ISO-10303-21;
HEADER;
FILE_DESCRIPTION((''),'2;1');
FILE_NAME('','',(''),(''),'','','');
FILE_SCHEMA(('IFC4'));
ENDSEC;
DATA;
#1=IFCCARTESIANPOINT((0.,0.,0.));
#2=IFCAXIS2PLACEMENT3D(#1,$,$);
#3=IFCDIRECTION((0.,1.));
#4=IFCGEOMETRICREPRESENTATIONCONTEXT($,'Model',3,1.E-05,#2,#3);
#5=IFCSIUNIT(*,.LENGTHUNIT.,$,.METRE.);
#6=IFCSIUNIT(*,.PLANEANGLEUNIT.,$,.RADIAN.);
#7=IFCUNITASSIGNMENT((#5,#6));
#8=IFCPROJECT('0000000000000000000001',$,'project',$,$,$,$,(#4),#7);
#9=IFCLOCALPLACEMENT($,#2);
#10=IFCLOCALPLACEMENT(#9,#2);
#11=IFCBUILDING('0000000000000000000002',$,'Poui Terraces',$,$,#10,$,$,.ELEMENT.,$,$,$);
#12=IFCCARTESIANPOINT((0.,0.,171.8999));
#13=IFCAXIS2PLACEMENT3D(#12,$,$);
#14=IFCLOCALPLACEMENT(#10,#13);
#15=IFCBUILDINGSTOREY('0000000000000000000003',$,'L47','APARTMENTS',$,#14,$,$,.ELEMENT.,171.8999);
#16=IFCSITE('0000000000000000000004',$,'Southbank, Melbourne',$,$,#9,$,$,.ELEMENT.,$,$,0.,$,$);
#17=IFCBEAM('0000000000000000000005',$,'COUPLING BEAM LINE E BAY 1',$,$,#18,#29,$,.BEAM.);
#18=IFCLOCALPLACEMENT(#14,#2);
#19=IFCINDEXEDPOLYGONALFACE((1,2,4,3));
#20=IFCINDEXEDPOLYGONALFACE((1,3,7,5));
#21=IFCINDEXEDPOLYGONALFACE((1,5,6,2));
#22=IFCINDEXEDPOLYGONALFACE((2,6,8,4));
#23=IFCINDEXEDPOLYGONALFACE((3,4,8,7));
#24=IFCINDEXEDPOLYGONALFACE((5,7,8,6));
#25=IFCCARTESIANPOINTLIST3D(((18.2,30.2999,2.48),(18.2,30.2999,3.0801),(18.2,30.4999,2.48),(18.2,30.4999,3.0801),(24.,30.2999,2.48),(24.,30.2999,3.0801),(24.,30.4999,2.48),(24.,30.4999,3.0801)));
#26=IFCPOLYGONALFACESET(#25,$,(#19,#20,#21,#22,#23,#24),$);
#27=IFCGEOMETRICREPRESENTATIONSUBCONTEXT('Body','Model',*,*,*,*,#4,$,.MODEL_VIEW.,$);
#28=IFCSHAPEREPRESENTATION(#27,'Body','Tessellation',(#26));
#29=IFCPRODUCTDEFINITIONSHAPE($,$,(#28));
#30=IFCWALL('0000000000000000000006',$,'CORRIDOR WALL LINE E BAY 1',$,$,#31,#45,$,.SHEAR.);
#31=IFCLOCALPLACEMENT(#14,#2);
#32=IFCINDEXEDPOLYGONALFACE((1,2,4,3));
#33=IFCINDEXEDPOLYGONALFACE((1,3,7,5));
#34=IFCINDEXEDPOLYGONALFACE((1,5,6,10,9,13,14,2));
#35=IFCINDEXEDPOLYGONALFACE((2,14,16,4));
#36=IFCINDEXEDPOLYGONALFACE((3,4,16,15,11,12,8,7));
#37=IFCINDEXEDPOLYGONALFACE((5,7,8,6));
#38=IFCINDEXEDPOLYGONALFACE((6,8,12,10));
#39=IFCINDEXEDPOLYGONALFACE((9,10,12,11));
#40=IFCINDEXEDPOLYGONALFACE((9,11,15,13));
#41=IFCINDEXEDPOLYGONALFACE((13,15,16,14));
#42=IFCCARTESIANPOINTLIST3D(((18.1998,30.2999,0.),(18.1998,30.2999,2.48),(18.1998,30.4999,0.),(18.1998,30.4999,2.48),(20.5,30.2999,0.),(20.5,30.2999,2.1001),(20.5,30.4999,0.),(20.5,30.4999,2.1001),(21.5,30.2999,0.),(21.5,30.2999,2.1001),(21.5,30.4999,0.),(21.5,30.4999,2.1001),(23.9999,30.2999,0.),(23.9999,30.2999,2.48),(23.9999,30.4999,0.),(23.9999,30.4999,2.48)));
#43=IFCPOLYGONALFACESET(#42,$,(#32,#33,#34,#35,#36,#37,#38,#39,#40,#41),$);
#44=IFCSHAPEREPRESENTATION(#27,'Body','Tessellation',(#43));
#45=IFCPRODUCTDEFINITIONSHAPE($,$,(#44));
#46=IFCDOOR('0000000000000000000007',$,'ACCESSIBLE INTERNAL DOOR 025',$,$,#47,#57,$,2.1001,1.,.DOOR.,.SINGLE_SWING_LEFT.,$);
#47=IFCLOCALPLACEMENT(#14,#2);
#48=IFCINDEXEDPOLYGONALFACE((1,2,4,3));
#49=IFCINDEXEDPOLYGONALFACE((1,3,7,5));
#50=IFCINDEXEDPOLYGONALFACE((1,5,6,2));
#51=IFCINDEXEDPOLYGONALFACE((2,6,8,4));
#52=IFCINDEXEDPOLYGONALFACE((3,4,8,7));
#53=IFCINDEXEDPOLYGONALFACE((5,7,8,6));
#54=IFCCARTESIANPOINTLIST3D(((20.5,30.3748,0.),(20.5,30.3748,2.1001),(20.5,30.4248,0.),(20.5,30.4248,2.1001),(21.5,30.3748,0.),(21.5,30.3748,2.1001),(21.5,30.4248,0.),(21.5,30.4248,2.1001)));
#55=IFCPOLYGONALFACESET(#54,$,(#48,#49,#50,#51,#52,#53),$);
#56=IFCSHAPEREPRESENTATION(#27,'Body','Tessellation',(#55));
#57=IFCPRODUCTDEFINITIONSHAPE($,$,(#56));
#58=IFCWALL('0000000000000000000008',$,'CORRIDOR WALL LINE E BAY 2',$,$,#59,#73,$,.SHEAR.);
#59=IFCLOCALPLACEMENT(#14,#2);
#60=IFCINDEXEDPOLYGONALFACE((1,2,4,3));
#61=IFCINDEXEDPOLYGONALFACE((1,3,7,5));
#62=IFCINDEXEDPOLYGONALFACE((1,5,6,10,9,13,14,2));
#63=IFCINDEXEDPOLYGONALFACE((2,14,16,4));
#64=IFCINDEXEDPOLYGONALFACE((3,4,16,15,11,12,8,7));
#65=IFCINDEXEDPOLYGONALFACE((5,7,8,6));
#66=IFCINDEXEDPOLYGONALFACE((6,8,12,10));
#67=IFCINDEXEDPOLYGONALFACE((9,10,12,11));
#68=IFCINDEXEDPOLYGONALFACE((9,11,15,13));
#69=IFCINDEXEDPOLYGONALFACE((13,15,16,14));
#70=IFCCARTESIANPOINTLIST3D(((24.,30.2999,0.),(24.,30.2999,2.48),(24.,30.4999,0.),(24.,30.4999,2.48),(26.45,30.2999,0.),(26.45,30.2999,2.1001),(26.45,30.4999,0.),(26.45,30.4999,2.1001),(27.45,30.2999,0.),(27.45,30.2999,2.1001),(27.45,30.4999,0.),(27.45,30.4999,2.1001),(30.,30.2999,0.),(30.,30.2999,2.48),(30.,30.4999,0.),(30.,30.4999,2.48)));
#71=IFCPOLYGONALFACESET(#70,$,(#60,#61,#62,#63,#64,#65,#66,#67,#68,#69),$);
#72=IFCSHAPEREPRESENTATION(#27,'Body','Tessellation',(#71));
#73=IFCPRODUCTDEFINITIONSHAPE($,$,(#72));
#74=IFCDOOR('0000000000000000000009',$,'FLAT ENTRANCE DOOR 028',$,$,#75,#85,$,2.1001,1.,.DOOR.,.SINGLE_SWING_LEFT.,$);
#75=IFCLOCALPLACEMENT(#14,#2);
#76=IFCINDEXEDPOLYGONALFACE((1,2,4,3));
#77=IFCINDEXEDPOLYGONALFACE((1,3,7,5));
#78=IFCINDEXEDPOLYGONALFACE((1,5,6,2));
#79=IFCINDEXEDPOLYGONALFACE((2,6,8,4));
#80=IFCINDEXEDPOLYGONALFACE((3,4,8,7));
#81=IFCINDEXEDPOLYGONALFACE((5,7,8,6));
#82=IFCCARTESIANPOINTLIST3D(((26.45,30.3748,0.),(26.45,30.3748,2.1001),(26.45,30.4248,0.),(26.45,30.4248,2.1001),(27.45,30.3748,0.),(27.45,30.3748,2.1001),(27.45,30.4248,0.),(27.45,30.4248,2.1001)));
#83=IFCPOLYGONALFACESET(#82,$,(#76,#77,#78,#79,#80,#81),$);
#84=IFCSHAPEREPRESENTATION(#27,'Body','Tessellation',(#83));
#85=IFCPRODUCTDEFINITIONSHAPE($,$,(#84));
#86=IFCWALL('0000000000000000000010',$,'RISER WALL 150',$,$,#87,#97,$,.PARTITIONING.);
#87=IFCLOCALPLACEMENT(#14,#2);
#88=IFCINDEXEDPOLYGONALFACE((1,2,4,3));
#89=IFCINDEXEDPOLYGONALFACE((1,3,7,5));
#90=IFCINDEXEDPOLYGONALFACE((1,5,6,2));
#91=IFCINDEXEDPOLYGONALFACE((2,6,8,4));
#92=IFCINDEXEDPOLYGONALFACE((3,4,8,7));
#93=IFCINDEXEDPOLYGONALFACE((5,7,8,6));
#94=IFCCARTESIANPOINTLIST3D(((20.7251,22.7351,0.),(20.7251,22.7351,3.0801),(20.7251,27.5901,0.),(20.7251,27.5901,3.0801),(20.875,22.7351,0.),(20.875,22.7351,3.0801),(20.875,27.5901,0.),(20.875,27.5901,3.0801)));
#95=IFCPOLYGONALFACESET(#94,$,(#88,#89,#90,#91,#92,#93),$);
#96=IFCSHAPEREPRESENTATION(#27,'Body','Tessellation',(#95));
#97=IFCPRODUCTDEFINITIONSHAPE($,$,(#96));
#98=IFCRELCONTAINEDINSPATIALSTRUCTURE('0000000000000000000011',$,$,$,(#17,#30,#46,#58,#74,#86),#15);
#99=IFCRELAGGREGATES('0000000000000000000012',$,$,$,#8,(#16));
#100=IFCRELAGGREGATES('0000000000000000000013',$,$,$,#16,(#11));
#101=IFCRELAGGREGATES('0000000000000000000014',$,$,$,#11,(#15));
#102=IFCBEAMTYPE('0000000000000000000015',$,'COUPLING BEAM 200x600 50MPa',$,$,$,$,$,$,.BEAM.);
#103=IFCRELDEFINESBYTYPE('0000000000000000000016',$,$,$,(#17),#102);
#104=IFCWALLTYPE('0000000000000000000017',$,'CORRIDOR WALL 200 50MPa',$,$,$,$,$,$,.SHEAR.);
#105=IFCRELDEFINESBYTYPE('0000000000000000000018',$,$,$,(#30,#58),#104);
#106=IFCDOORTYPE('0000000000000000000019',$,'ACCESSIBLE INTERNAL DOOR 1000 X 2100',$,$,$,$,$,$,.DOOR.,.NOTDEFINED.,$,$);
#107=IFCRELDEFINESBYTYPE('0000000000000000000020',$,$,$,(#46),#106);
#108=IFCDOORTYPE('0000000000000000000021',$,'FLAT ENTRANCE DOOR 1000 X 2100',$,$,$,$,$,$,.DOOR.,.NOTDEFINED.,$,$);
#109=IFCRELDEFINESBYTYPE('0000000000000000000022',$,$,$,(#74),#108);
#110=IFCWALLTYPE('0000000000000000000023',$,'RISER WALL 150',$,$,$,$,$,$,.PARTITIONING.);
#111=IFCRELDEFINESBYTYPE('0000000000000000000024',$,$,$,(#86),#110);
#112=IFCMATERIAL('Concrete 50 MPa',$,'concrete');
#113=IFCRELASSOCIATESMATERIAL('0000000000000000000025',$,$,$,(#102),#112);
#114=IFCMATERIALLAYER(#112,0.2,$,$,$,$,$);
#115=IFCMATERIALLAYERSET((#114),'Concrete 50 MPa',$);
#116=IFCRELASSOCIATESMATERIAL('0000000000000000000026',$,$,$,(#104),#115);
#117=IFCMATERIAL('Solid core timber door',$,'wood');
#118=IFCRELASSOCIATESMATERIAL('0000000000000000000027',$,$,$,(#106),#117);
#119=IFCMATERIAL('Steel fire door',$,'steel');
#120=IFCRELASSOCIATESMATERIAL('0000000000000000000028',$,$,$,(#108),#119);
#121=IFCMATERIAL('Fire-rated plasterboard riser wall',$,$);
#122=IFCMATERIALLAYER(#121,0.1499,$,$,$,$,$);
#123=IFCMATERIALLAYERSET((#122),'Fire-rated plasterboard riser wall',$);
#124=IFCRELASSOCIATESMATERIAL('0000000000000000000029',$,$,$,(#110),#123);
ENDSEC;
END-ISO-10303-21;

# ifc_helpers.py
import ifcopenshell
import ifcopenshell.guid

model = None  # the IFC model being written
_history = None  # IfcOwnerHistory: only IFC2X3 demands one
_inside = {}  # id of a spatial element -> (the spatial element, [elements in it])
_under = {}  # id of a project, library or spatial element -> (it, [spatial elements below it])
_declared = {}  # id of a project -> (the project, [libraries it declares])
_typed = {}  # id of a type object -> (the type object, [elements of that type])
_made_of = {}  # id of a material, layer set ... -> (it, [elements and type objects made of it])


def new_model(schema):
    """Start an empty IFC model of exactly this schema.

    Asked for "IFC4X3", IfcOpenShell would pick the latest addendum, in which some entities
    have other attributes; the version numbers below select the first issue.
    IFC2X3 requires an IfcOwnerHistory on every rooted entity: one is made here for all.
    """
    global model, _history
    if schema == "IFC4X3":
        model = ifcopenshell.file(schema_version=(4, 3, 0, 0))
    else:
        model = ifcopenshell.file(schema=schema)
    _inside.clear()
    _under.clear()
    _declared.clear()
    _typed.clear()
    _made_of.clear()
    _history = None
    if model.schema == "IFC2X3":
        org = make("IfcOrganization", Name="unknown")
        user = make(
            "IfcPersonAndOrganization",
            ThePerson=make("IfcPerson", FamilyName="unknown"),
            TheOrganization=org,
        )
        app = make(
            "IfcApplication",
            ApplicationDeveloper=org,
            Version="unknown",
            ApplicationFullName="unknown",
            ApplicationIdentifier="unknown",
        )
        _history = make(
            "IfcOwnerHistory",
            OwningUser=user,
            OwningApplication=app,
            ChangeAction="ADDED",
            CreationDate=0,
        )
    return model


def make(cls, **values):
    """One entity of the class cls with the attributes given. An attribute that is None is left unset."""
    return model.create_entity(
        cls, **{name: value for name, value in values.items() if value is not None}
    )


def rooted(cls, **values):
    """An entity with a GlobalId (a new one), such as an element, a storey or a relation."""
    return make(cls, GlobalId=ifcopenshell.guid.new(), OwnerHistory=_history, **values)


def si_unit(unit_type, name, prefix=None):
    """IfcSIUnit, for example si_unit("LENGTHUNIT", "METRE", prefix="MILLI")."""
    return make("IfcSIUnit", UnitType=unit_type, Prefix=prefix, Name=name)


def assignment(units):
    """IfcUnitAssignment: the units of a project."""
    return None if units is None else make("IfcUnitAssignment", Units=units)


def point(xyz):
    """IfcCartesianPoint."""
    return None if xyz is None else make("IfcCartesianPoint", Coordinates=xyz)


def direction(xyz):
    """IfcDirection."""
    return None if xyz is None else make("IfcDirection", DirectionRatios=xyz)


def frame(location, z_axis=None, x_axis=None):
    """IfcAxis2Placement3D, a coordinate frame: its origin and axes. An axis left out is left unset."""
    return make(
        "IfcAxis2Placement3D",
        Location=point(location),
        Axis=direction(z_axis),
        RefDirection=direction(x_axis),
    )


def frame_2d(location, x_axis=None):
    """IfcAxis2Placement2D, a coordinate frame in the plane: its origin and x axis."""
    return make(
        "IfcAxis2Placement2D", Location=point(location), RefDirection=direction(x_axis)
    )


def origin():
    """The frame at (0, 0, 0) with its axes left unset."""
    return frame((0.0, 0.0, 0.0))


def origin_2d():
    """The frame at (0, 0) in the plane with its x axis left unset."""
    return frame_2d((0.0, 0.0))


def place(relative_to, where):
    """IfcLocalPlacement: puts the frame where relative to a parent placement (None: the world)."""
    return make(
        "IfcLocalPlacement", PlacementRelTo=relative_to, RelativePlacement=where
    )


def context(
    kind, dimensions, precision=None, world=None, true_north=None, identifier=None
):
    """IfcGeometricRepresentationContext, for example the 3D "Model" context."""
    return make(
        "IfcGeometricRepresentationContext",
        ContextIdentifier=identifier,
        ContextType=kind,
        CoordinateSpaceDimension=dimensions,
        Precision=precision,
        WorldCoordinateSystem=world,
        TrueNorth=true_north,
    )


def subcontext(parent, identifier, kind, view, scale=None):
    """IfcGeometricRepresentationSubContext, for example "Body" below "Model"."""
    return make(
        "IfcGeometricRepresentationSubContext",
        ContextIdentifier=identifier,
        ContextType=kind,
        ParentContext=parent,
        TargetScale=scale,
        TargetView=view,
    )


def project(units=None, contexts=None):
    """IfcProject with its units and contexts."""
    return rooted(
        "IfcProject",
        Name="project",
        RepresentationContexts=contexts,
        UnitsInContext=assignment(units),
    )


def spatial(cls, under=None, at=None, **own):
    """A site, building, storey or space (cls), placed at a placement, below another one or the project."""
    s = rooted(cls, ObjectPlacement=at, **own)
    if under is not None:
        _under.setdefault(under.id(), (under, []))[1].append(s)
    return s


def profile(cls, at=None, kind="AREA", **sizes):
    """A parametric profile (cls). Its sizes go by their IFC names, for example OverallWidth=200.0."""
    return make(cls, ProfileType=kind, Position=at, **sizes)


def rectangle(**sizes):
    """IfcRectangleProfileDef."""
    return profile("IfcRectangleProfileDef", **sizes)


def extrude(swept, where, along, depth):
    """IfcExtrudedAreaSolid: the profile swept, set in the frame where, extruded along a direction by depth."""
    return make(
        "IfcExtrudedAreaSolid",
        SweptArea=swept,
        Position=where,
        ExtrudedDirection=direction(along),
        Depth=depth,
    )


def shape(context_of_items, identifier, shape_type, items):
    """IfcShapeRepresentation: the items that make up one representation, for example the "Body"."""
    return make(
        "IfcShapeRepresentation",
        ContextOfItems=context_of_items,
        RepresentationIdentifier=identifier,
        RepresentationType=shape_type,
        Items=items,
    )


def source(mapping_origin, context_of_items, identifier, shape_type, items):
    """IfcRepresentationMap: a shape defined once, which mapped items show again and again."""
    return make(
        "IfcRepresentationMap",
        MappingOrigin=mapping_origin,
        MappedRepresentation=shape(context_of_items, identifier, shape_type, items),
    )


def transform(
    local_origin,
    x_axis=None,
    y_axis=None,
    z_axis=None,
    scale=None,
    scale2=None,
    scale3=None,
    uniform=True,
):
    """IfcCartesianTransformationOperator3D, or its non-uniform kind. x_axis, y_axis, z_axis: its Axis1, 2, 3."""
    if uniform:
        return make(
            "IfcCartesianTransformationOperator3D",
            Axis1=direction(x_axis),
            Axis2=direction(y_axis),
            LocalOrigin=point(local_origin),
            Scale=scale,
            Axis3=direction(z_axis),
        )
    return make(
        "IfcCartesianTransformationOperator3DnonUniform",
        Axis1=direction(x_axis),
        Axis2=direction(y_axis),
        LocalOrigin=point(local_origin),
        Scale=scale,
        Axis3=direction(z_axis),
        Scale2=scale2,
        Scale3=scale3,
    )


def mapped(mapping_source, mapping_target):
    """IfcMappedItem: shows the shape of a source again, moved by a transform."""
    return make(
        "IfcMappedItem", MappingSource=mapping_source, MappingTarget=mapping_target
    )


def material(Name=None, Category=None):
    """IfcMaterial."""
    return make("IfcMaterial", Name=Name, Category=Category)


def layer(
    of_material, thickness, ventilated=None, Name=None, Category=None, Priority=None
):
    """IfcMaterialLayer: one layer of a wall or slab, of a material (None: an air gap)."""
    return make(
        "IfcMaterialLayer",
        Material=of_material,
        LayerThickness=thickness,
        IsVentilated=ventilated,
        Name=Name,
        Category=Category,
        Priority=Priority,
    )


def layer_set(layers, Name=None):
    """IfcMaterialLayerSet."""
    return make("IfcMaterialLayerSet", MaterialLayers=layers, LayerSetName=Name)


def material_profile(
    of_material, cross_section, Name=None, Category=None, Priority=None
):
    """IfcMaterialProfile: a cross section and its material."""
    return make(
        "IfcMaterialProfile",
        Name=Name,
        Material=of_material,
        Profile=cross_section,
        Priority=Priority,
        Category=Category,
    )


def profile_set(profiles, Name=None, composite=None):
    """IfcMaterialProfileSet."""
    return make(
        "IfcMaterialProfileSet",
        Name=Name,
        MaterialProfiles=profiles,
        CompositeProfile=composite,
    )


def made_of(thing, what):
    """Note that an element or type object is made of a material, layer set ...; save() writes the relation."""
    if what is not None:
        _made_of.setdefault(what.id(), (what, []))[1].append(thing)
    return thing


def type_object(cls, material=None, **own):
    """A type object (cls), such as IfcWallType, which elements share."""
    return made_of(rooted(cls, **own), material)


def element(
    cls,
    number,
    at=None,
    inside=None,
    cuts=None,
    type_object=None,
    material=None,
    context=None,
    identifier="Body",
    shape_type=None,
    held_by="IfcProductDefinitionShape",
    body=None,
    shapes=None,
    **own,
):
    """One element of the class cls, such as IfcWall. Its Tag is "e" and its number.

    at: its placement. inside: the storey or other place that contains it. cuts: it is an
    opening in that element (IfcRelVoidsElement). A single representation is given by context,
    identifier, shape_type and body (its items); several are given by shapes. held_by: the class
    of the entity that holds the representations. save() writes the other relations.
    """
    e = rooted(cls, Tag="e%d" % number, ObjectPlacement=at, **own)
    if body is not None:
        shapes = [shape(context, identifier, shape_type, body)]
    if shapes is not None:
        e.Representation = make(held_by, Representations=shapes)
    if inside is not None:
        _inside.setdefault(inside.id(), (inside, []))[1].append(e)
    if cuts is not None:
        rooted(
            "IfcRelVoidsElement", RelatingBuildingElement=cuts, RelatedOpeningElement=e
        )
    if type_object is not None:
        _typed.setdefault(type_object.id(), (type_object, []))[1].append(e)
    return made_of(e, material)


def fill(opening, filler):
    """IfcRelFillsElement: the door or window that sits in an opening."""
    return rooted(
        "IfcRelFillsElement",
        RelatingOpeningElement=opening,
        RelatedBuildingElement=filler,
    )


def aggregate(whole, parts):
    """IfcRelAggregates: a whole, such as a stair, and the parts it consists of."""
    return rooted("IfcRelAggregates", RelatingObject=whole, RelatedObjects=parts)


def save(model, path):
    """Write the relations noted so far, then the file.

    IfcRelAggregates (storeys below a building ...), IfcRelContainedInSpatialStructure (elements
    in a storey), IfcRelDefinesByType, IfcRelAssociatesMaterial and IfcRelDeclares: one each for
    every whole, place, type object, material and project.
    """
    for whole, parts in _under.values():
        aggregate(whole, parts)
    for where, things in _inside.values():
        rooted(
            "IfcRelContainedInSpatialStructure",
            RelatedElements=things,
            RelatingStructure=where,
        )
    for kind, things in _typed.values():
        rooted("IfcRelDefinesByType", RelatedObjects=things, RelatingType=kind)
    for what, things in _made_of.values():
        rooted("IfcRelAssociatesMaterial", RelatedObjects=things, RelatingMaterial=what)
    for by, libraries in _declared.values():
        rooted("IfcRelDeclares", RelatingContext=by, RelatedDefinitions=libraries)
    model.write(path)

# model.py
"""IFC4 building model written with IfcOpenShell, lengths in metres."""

from ifc_helpers import new_model, si_unit, direction, frame, frame_2d, origin, origin_2d, place, context, subcontext, project, spatial, rectangle, extrude, source, transform, mapped, material, layer, layer_set, material_profile, profile_set, type_object, element, fill, save


model = new_model("IFC4")

# Units and contexts
model_context = context("Model", 3, precision=1e-05, world=origin(), true_north=direction((0.0, 1.0)))
body_context = subcontext(model_context, "Body", "Model", "MODEL_VIEW")
ifc_project = project(units=[si_unit("LENGTHUNIT", "METRE"), si_unit("PLANEANGLEUNIT", "RADIAN")], contexts=[model_context])

# Site, building, storey
site_placement = place(None, origin())
site = spatial("IfcSite", under=ifc_project, at=site_placement, Name="Southbank, Melbourne", CompositionType="ELEMENT", RefElevation=0.0)
building_placement = place(site_placement, origin())
building = spatial("IfcBuilding", under=site, at=building_placement, Name="Poui Terraces", CompositionType="ELEMENT")
storey_placement = place(building_placement, frame((0.0, 0.0, 171.8999)))
storey = spatial("IfcBuildingStorey", under=building, at=storey_placement, Name="L47", Description="APARTMENTS", CompositionType="ELEMENT", Elevation=171.8999)

# Beam
ifc_material_1 = material(Name="Concrete 50 MPa", Category="concrete")
ifc_material_profile = material_profile(ifc_material_1, rectangle(XDim=0.2, YDim=0.6001, at=origin_2d()), Name="RC 200x600")
ifc_profile_set = profile_set([ifc_material_profile], Name="Concrete 50 MPa")
beam_type = type_object("IfcBeamType", Name="COUPLING BEAM 200x600 50MPa", PredefinedType="BEAM", material=ifc_profile_set)
shared_shape = source(origin(), body_context, "Body", "SweptSolid", [
    extrude(rectangle(XDim=0.2, YDim=0.6001, at=origin_2d()), origin(), (0.0, 0.0, 1.0), 5.8),
])
beam_placement = place(storey_placement, frame((18.2, 30.3999, 2.78), z_axis=(1.0, 0.0, 0.0), x_axis=(0.0, 1.0, 0.0)))
element("IfcBeam", 1, at=beam_placement, inside=storey, type_object=beam_type, Name="COUPLING BEAM LINE E BAY 1", PredefinedType="BEAM", context=body_context, shape_type="MappedRepresentation", body=[
    mapped(shared_shape, transform((0.0, 0.0, 0.0))),
])

# Walls, openings, doors
ifc_layer_1 = layer(ifc_material_1, 0.2)
ifc_layer_set_1 = layer_set([ifc_layer_1], Name="Concrete 50 MPa")
wall_type_1 = type_object("IfcWallType", Name="CORRIDOR WALL 200 50MPa", PredefinedType="SHEAR", material=ifc_layer_set_1)
wall_1_placement = place(storey_placement, frame((18.2, 30.3999, 0.0), z_axis=(0.0, 0.0, 1.0), x_axis=(1.0, 0.0, 0.0)))
wall_1 = element("IfcWall", 2, at=wall_1_placement, inside=storey, type_object=wall_type_1, Name="CORRIDOR WALL LINE E BAY 1", PredefinedType="SHEAR", context=body_context, shape_type="SweptSolid", body=[
    extrude(rectangle(XDim=5.8, YDim=0.2, at=frame_2d((2.8999, 0.0))), origin(), (0.0, 0.0, 1.0), 2.48),
])
opening_1_placement = place(wall_1_placement, frame((2.3, 0.0, 0.0)))
opening_1 = element("IfcOpeningElement", 3, at=opening_1_placement, cuts=wall_1, PredefinedType="OPENING", context=body_context, shape_type="SweptSolid", body=[
    extrude(rectangle(XDim=1.0, YDim=2.1001, at=frame_2d((0.5, 1.05))), frame((0.0, 0.1099, 0.0), z_axis=(0.0, -1.0, 0.0), x_axis=(1.0, 0.0, 0.0)), (0.0, 0.0, 1.0), 0.22),
])
ifc_material_2 = material(Name="Solid core timber door", Category="wood")
door_type_1 = type_object("IfcDoorType", Name="ACCESSIBLE INTERNAL DOOR 1000 X 2100", OperationType="NOTDEFINED", PredefinedType="DOOR", material=ifc_material_2)
door_1_placement = place(opening_1_placement, origin())
door_1 = element("IfcDoor", 4, at=door_1_placement, inside=storey, type_object=door_type_1, Name="ACCESSIBLE INTERNAL DOOR 025", OperationType="SINGLE_SWING_LEFT", OverallHeight=2.1001, OverallWidth=1.0, PredefinedType="DOOR", context=body_context, shape_type="SweptSolid", body=[
    extrude(rectangle(XDim=1.0, YDim=2.1001, at=frame_2d((0.5, 1.05))), frame((0.0, 0.0249, 0.0), z_axis=(0.0, -1.0, 0.0), x_axis=(1.0, 0.0, 0.0)), (0.0, 0.0, 1.0), 0.05),
])
fill(opening_1, door_1)
wall_2_placement = place(storey_placement, frame((24.0, 30.3999, 0.0), z_axis=(0.0, 0.0, 1.0), x_axis=(1.0, 0.0, 0.0)))
wall_2 = element("IfcWall", 5, at=wall_2_placement, inside=storey, type_object=wall_type_1, Name="CORRIDOR WALL LINE E BAY 2", PredefinedType="SHEAR", context=body_context, shape_type="SweptSolid", body=[
    extrude(rectangle(XDim=6.0, YDim=0.2, at=frame_2d((3.0, 0.0))), origin(), (0.0, 0.0, 1.0), 2.48),
])
opening_2_placement = place(wall_2_placement, frame((2.45, 0.0, 0.0)))
opening_2 = element("IfcOpeningElement", 6, at=opening_2_placement, cuts=wall_2, PredefinedType="OPENING", context=body_context, shape_type="SweptSolid", body=[
    extrude(rectangle(XDim=1.0, YDim=2.1001, at=frame_2d((0.5, 1.05))), frame((0.0, 0.1099, 0.0), z_axis=(0.0, -1.0, 0.0), x_axis=(1.0, 0.0, 0.0)), (0.0, 0.0, 1.0), 0.22),
])
ifc_material_3 = material(Name="Steel fire door", Category="steel")
door_type_2 = type_object("IfcDoorType", Name="FLAT ENTRANCE DOOR 1000 X 2100", OperationType="NOTDEFINED", PredefinedType="DOOR", material=ifc_material_3)
door_2_placement = place(opening_2_placement, origin())
door_2 = element("IfcDoor", 7, at=door_2_placement, inside=storey, type_object=door_type_2, Name="FLAT ENTRANCE DOOR 028", OperationType="SINGLE_SWING_LEFT", OverallHeight=2.1001, OverallWidth=1.0, PredefinedType="DOOR", context=body_context, shape_type="SweptSolid", body=[
    extrude(rectangle(XDim=1.0, YDim=2.1001, at=frame_2d((0.5, 1.05))), frame((0.0, 0.0249, 0.0), z_axis=(0.0, -1.0, 0.0), x_axis=(1.0, 0.0, 0.0)), (0.0, 0.0, 1.0), 0.05),
])
fill(opening_2, door_2)

# Wall
ifc_material_4 = material(Name="Fire-rated plasterboard riser wall")
ifc_layer_2 = layer(ifc_material_4, 0.1499)
ifc_layer_set_2 = layer_set([ifc_layer_2], Name="Fire-rated plasterboard riser wall")
wall_type_2 = type_object("IfcWallType", Name="RISER WALL 150", PredefinedType="PARTITIONING", material=ifc_layer_set_2)
wall_3_placement = place(storey_placement, frame((20.8, 22.7351, 0.0), z_axis=(0.0, 0.0, 1.0), x_axis=(0.0, 1.0, 0.0)))
element("IfcWall", 8, at=wall_3_placement, inside=storey, type_object=wall_type_2, Name="RISER WALL 150", PredefinedType="PARTITIONING", context=body_context, shape_type="SweptSolid", body=[
    extrude(rectangle(XDim=4.855, YDim=0.1499, at=frame_2d((2.4275, 0.0))), origin(), (0.0, 0.0, 1.0), 3.0801),
])

save(model, "model.ifc")
